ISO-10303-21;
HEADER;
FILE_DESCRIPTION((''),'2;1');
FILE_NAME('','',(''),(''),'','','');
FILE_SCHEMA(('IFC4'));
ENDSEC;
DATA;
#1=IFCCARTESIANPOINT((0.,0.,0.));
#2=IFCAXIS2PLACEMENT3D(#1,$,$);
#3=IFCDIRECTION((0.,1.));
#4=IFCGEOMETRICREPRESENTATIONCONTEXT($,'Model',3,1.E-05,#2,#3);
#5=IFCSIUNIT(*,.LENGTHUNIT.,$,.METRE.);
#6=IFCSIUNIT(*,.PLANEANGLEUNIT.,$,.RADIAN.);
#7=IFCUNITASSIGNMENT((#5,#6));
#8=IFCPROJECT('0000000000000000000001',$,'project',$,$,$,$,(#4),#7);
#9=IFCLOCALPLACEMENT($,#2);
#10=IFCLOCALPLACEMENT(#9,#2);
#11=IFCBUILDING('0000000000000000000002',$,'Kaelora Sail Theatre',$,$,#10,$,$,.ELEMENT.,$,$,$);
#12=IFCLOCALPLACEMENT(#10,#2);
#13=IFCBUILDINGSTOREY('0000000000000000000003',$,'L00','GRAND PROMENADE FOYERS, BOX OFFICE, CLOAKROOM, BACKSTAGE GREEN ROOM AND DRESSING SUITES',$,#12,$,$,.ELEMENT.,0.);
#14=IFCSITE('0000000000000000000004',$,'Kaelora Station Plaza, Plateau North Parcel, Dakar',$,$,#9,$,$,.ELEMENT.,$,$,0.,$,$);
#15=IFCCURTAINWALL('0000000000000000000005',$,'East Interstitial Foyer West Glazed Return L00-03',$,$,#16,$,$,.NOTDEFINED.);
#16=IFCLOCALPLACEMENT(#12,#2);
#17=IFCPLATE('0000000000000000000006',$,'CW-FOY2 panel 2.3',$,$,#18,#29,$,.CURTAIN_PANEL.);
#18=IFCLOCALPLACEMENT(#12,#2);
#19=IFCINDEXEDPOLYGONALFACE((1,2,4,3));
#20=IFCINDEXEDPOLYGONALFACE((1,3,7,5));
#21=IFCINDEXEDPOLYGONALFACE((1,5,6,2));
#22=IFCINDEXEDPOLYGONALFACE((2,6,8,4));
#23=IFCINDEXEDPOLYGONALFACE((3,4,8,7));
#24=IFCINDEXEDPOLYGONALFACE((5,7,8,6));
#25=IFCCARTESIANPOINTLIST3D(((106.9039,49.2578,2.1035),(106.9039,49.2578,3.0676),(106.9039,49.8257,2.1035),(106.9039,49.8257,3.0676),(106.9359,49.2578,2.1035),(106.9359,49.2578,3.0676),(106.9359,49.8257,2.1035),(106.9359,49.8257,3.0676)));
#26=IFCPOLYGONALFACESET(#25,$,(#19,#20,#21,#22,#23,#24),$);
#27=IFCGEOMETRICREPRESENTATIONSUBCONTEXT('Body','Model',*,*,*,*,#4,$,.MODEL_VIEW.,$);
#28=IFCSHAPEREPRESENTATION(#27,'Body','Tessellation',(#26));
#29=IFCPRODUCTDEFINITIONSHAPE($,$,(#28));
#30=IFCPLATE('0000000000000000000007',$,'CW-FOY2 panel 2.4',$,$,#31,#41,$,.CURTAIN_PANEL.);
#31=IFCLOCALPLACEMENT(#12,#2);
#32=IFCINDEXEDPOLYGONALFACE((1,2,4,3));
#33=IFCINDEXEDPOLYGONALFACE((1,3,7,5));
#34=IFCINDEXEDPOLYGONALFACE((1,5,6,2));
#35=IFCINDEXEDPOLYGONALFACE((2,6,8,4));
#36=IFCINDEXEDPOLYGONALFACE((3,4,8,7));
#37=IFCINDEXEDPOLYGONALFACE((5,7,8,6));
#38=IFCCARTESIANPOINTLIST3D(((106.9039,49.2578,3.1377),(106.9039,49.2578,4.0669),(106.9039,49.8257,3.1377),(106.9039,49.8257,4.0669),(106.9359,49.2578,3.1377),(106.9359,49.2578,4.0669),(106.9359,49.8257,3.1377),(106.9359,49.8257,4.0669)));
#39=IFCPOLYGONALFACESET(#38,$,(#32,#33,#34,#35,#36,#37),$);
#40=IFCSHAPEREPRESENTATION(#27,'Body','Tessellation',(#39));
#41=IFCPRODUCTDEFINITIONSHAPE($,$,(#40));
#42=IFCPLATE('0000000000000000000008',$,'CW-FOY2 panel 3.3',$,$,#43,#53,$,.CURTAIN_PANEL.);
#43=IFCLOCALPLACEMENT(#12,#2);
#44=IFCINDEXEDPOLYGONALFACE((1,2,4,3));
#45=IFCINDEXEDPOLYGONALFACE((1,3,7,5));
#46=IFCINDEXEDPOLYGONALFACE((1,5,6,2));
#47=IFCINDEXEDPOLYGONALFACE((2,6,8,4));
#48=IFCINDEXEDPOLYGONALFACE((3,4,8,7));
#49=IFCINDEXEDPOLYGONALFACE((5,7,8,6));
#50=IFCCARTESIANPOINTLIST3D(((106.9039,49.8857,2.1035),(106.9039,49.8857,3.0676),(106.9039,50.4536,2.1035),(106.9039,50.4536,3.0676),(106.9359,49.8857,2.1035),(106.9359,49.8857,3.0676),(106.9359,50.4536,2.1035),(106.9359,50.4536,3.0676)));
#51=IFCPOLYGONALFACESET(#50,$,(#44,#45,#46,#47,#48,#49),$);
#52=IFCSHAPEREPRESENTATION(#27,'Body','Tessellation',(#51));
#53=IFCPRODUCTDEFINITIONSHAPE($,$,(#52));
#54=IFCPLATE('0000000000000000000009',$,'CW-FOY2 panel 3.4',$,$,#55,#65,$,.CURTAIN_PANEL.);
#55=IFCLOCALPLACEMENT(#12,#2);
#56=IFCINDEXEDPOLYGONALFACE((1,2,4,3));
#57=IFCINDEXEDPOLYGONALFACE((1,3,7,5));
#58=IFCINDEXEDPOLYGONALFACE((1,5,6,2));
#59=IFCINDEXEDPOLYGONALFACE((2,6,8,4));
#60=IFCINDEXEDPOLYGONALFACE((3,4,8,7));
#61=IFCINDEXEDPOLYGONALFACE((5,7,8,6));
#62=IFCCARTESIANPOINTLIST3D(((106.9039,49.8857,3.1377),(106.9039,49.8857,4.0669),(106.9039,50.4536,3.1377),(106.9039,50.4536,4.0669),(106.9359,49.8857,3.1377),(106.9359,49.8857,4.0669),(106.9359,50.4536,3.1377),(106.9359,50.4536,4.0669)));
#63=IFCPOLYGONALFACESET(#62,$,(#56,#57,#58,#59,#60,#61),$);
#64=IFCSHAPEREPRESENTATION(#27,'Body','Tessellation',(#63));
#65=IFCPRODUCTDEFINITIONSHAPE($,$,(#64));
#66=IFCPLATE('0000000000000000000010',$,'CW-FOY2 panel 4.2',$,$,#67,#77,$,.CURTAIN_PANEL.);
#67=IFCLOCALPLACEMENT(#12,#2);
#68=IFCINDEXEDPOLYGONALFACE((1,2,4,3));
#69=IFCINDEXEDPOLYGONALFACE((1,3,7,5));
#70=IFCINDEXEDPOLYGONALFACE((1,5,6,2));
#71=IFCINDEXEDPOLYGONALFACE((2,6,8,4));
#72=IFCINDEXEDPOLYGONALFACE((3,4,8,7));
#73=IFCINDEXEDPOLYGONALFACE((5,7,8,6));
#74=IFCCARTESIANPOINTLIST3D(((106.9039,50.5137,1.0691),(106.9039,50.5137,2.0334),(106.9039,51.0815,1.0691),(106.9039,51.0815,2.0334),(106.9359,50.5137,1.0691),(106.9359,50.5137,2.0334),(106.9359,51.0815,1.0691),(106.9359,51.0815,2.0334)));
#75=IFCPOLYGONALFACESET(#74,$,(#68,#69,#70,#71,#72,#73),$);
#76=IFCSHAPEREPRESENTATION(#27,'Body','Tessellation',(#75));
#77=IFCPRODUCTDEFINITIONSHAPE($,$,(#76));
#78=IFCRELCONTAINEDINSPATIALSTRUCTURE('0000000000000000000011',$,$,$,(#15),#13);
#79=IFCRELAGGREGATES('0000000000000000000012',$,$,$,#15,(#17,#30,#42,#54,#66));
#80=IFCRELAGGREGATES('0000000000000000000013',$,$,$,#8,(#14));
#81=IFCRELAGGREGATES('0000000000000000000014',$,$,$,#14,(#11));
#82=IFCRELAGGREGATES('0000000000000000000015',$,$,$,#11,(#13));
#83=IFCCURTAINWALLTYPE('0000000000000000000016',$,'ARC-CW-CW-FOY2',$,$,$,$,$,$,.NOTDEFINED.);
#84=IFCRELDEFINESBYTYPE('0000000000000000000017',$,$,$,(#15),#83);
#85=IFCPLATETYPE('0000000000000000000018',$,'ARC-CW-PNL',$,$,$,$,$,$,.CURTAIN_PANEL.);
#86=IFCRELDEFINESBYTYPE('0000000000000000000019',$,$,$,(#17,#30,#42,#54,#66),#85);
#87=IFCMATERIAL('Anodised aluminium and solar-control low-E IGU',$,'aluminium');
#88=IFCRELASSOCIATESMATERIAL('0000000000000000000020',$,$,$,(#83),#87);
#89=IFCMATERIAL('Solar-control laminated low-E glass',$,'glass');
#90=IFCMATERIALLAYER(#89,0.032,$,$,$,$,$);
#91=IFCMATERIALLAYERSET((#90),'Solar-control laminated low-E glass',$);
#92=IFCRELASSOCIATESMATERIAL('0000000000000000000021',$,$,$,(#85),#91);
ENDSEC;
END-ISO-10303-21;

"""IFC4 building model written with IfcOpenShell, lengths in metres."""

from ifc_helpers import new_model, si_unit, direction, frame, origin, origin_2d, place, context, subcontext, project, spatial, rectangle, extrude, material, layer, layer_set, type_object, element, aggregate, save


model = new_model("IFC4")

# Units and contexts
model_context = context("Model", 3, precision=1e-05, world=origin(), true_north=direction((0.0, 1.0)))
body_context = subcontext(model_context, "Body", "Model", "MODEL_VIEW")
ifc_project = project(units=[si_unit("LENGTHUNIT", "METRE"), si_unit("PLANEANGLEUNIT", "RADIAN")], contexts=[model_context])

# Site, building, storey
site_placement = place(None, origin())
site = spatial("IfcSite", under=ifc_project, at=site_placement, Name="Kaelora Station Plaza, Plateau North Parcel, Dakar", CompositionType="ELEMENT", RefElevation=0.0)
building_placement = place(site_placement, origin())
building = spatial("IfcBuilding", under=site, at=building_placement, Name="Kaelora Sail Theatre", CompositionType="ELEMENT")
storey_placement = place(building_placement, origin())
storey = spatial("IfcBuildingStorey", under=building, at=storey_placement, Name="L00", Description="GRAND PROMENADE FOYERS, BOX OFFICE, CLOAKROOM, BACKSTAGE GREEN ROOM AND DRESSING SUITES", CompositionType="ELEMENT", Elevation=0.0)

# Curtain wall
ifc_material_1 = material(Name="Anodised aluminium and solar-control low-E IGU", Category="aluminium")
curtain_wall_type = type_object("IfcCurtainWallType", Name="ARC-CW-CW-FOY2", PredefinedType="NOTDEFINED", material=ifc_material_1)
curtain_wall_1_placement = place(storey_placement, origin())
curtain_wall_1 = element("IfcCurtainWall", 1, at=curtain_wall_1_placement, inside=storey, type_object=curtain_wall_type, Name="East Interstitial Foyer West Glazed Return L00-03", PredefinedType="NOTDEFINED")

# Shared definitions
ifc_material_2 = material(Name="Solar-control laminated low-E glass", Category="glass")
ifc_layer = layer(ifc_material_2, 0.032)
ifc_layer_set = layer_set([ifc_layer], Name="Solar-control laminated low-E glass")
plate_type = type_object("IfcPlateType", Name="ARC-CW-PNL", PredefinedType="CURTAIN_PANEL", material=ifc_layer_set)

# Plates
plate_1_placement = place(storey_placement, frame((106.9199, 49.5417, 2.1035), z_axis=(0.0, 0.0, 1.0), x_axis=(0.0, 1.0, 0.0)))
plate_1 = element("IfcPlate", 2, at=plate_1_placement, type_object=plate_type, Name="CW-FOY2 panel 2.3", PredefinedType="CURTAIN_PANEL", context=body_context, shape_type="SweptSolid", body=[
    extrude(rectangle(XDim=0.5679, YDim=0.032, at=origin_2d()), origin(), (0.0, 0.0, 1.0), 0.9641),
])
plate_2_placement = place(storey_placement, frame((106.9199, 49.5417, 3.1377), z_axis=(0.0, 0.0, 1.0), x_axis=(0.0, 1.0, 0.0)))
plate_2 = element("IfcPlate", 3, at=plate_2_placement, type_object=plate_type, Name="CW-FOY2 panel 2.4", PredefinedType="CURTAIN_PANEL", context=body_context, shape_type="SweptSolid", body=[
    extrude(rectangle(XDim=0.5679, YDim=0.032, at=origin_2d()), origin(), (0.0, 0.0, 1.0), 0.9292),
])
plate_3_placement = place(storey_placement, frame((106.9199, 50.1697, 2.1035), z_axis=(0.0, 0.0, 1.0), x_axis=(0.0, 1.0, 0.0)))
plate_3 = element("IfcPlate", 4, at=plate_3_placement, type_object=plate_type, Name="CW-FOY2 panel 3.3", PredefinedType="CURTAIN_PANEL", context=body_context, shape_type="SweptSolid", body=[
    extrude(rectangle(XDim=0.5679, YDim=0.032, at=origin_2d()), origin(), (0.0, 0.0, 1.0), 0.9641),
])
plate_4_placement = place(storey_placement, frame((106.9199, 50.1697, 3.1377), z_axis=(0.0, 0.0, 1.0), x_axis=(0.0, 1.0, 0.0)))
plate_4 = element("IfcPlate", 5, at=plate_4_placement, type_object=plate_type, Name="CW-FOY2 panel 3.4", PredefinedType="CURTAIN_PANEL", context=body_context, shape_type="SweptSolid", body=[
    extrude(rectangle(XDim=0.5679, YDim=0.032, at=origin_2d()), origin(), (0.0, 0.0, 1.0), 0.9292),
])
plate_5_placement = place(storey_placement, frame((106.9199, 50.7976, 1.0691), z_axis=(0.0, 0.0, 1.0), x_axis=(0.0, 1.0, 0.0)))
plate_5 = element("IfcPlate", 6, at=plate_5_placement, type_object=plate_type, Name="CW-FOY2 panel 4.2", PredefinedType="CURTAIN_PANEL", context=body_context, shape_type="SweptSolid", body=[
    extrude(rectangle(XDim=0.5679, YDim=0.032, at=origin_2d()), origin(), (0.0, 0.0, 1.0), 0.9644),
])
aggregate(curtain_wall_1, [plate_1, plate_2, plate_3, plate_4, plate_5])

save(model, "model.ifc")
